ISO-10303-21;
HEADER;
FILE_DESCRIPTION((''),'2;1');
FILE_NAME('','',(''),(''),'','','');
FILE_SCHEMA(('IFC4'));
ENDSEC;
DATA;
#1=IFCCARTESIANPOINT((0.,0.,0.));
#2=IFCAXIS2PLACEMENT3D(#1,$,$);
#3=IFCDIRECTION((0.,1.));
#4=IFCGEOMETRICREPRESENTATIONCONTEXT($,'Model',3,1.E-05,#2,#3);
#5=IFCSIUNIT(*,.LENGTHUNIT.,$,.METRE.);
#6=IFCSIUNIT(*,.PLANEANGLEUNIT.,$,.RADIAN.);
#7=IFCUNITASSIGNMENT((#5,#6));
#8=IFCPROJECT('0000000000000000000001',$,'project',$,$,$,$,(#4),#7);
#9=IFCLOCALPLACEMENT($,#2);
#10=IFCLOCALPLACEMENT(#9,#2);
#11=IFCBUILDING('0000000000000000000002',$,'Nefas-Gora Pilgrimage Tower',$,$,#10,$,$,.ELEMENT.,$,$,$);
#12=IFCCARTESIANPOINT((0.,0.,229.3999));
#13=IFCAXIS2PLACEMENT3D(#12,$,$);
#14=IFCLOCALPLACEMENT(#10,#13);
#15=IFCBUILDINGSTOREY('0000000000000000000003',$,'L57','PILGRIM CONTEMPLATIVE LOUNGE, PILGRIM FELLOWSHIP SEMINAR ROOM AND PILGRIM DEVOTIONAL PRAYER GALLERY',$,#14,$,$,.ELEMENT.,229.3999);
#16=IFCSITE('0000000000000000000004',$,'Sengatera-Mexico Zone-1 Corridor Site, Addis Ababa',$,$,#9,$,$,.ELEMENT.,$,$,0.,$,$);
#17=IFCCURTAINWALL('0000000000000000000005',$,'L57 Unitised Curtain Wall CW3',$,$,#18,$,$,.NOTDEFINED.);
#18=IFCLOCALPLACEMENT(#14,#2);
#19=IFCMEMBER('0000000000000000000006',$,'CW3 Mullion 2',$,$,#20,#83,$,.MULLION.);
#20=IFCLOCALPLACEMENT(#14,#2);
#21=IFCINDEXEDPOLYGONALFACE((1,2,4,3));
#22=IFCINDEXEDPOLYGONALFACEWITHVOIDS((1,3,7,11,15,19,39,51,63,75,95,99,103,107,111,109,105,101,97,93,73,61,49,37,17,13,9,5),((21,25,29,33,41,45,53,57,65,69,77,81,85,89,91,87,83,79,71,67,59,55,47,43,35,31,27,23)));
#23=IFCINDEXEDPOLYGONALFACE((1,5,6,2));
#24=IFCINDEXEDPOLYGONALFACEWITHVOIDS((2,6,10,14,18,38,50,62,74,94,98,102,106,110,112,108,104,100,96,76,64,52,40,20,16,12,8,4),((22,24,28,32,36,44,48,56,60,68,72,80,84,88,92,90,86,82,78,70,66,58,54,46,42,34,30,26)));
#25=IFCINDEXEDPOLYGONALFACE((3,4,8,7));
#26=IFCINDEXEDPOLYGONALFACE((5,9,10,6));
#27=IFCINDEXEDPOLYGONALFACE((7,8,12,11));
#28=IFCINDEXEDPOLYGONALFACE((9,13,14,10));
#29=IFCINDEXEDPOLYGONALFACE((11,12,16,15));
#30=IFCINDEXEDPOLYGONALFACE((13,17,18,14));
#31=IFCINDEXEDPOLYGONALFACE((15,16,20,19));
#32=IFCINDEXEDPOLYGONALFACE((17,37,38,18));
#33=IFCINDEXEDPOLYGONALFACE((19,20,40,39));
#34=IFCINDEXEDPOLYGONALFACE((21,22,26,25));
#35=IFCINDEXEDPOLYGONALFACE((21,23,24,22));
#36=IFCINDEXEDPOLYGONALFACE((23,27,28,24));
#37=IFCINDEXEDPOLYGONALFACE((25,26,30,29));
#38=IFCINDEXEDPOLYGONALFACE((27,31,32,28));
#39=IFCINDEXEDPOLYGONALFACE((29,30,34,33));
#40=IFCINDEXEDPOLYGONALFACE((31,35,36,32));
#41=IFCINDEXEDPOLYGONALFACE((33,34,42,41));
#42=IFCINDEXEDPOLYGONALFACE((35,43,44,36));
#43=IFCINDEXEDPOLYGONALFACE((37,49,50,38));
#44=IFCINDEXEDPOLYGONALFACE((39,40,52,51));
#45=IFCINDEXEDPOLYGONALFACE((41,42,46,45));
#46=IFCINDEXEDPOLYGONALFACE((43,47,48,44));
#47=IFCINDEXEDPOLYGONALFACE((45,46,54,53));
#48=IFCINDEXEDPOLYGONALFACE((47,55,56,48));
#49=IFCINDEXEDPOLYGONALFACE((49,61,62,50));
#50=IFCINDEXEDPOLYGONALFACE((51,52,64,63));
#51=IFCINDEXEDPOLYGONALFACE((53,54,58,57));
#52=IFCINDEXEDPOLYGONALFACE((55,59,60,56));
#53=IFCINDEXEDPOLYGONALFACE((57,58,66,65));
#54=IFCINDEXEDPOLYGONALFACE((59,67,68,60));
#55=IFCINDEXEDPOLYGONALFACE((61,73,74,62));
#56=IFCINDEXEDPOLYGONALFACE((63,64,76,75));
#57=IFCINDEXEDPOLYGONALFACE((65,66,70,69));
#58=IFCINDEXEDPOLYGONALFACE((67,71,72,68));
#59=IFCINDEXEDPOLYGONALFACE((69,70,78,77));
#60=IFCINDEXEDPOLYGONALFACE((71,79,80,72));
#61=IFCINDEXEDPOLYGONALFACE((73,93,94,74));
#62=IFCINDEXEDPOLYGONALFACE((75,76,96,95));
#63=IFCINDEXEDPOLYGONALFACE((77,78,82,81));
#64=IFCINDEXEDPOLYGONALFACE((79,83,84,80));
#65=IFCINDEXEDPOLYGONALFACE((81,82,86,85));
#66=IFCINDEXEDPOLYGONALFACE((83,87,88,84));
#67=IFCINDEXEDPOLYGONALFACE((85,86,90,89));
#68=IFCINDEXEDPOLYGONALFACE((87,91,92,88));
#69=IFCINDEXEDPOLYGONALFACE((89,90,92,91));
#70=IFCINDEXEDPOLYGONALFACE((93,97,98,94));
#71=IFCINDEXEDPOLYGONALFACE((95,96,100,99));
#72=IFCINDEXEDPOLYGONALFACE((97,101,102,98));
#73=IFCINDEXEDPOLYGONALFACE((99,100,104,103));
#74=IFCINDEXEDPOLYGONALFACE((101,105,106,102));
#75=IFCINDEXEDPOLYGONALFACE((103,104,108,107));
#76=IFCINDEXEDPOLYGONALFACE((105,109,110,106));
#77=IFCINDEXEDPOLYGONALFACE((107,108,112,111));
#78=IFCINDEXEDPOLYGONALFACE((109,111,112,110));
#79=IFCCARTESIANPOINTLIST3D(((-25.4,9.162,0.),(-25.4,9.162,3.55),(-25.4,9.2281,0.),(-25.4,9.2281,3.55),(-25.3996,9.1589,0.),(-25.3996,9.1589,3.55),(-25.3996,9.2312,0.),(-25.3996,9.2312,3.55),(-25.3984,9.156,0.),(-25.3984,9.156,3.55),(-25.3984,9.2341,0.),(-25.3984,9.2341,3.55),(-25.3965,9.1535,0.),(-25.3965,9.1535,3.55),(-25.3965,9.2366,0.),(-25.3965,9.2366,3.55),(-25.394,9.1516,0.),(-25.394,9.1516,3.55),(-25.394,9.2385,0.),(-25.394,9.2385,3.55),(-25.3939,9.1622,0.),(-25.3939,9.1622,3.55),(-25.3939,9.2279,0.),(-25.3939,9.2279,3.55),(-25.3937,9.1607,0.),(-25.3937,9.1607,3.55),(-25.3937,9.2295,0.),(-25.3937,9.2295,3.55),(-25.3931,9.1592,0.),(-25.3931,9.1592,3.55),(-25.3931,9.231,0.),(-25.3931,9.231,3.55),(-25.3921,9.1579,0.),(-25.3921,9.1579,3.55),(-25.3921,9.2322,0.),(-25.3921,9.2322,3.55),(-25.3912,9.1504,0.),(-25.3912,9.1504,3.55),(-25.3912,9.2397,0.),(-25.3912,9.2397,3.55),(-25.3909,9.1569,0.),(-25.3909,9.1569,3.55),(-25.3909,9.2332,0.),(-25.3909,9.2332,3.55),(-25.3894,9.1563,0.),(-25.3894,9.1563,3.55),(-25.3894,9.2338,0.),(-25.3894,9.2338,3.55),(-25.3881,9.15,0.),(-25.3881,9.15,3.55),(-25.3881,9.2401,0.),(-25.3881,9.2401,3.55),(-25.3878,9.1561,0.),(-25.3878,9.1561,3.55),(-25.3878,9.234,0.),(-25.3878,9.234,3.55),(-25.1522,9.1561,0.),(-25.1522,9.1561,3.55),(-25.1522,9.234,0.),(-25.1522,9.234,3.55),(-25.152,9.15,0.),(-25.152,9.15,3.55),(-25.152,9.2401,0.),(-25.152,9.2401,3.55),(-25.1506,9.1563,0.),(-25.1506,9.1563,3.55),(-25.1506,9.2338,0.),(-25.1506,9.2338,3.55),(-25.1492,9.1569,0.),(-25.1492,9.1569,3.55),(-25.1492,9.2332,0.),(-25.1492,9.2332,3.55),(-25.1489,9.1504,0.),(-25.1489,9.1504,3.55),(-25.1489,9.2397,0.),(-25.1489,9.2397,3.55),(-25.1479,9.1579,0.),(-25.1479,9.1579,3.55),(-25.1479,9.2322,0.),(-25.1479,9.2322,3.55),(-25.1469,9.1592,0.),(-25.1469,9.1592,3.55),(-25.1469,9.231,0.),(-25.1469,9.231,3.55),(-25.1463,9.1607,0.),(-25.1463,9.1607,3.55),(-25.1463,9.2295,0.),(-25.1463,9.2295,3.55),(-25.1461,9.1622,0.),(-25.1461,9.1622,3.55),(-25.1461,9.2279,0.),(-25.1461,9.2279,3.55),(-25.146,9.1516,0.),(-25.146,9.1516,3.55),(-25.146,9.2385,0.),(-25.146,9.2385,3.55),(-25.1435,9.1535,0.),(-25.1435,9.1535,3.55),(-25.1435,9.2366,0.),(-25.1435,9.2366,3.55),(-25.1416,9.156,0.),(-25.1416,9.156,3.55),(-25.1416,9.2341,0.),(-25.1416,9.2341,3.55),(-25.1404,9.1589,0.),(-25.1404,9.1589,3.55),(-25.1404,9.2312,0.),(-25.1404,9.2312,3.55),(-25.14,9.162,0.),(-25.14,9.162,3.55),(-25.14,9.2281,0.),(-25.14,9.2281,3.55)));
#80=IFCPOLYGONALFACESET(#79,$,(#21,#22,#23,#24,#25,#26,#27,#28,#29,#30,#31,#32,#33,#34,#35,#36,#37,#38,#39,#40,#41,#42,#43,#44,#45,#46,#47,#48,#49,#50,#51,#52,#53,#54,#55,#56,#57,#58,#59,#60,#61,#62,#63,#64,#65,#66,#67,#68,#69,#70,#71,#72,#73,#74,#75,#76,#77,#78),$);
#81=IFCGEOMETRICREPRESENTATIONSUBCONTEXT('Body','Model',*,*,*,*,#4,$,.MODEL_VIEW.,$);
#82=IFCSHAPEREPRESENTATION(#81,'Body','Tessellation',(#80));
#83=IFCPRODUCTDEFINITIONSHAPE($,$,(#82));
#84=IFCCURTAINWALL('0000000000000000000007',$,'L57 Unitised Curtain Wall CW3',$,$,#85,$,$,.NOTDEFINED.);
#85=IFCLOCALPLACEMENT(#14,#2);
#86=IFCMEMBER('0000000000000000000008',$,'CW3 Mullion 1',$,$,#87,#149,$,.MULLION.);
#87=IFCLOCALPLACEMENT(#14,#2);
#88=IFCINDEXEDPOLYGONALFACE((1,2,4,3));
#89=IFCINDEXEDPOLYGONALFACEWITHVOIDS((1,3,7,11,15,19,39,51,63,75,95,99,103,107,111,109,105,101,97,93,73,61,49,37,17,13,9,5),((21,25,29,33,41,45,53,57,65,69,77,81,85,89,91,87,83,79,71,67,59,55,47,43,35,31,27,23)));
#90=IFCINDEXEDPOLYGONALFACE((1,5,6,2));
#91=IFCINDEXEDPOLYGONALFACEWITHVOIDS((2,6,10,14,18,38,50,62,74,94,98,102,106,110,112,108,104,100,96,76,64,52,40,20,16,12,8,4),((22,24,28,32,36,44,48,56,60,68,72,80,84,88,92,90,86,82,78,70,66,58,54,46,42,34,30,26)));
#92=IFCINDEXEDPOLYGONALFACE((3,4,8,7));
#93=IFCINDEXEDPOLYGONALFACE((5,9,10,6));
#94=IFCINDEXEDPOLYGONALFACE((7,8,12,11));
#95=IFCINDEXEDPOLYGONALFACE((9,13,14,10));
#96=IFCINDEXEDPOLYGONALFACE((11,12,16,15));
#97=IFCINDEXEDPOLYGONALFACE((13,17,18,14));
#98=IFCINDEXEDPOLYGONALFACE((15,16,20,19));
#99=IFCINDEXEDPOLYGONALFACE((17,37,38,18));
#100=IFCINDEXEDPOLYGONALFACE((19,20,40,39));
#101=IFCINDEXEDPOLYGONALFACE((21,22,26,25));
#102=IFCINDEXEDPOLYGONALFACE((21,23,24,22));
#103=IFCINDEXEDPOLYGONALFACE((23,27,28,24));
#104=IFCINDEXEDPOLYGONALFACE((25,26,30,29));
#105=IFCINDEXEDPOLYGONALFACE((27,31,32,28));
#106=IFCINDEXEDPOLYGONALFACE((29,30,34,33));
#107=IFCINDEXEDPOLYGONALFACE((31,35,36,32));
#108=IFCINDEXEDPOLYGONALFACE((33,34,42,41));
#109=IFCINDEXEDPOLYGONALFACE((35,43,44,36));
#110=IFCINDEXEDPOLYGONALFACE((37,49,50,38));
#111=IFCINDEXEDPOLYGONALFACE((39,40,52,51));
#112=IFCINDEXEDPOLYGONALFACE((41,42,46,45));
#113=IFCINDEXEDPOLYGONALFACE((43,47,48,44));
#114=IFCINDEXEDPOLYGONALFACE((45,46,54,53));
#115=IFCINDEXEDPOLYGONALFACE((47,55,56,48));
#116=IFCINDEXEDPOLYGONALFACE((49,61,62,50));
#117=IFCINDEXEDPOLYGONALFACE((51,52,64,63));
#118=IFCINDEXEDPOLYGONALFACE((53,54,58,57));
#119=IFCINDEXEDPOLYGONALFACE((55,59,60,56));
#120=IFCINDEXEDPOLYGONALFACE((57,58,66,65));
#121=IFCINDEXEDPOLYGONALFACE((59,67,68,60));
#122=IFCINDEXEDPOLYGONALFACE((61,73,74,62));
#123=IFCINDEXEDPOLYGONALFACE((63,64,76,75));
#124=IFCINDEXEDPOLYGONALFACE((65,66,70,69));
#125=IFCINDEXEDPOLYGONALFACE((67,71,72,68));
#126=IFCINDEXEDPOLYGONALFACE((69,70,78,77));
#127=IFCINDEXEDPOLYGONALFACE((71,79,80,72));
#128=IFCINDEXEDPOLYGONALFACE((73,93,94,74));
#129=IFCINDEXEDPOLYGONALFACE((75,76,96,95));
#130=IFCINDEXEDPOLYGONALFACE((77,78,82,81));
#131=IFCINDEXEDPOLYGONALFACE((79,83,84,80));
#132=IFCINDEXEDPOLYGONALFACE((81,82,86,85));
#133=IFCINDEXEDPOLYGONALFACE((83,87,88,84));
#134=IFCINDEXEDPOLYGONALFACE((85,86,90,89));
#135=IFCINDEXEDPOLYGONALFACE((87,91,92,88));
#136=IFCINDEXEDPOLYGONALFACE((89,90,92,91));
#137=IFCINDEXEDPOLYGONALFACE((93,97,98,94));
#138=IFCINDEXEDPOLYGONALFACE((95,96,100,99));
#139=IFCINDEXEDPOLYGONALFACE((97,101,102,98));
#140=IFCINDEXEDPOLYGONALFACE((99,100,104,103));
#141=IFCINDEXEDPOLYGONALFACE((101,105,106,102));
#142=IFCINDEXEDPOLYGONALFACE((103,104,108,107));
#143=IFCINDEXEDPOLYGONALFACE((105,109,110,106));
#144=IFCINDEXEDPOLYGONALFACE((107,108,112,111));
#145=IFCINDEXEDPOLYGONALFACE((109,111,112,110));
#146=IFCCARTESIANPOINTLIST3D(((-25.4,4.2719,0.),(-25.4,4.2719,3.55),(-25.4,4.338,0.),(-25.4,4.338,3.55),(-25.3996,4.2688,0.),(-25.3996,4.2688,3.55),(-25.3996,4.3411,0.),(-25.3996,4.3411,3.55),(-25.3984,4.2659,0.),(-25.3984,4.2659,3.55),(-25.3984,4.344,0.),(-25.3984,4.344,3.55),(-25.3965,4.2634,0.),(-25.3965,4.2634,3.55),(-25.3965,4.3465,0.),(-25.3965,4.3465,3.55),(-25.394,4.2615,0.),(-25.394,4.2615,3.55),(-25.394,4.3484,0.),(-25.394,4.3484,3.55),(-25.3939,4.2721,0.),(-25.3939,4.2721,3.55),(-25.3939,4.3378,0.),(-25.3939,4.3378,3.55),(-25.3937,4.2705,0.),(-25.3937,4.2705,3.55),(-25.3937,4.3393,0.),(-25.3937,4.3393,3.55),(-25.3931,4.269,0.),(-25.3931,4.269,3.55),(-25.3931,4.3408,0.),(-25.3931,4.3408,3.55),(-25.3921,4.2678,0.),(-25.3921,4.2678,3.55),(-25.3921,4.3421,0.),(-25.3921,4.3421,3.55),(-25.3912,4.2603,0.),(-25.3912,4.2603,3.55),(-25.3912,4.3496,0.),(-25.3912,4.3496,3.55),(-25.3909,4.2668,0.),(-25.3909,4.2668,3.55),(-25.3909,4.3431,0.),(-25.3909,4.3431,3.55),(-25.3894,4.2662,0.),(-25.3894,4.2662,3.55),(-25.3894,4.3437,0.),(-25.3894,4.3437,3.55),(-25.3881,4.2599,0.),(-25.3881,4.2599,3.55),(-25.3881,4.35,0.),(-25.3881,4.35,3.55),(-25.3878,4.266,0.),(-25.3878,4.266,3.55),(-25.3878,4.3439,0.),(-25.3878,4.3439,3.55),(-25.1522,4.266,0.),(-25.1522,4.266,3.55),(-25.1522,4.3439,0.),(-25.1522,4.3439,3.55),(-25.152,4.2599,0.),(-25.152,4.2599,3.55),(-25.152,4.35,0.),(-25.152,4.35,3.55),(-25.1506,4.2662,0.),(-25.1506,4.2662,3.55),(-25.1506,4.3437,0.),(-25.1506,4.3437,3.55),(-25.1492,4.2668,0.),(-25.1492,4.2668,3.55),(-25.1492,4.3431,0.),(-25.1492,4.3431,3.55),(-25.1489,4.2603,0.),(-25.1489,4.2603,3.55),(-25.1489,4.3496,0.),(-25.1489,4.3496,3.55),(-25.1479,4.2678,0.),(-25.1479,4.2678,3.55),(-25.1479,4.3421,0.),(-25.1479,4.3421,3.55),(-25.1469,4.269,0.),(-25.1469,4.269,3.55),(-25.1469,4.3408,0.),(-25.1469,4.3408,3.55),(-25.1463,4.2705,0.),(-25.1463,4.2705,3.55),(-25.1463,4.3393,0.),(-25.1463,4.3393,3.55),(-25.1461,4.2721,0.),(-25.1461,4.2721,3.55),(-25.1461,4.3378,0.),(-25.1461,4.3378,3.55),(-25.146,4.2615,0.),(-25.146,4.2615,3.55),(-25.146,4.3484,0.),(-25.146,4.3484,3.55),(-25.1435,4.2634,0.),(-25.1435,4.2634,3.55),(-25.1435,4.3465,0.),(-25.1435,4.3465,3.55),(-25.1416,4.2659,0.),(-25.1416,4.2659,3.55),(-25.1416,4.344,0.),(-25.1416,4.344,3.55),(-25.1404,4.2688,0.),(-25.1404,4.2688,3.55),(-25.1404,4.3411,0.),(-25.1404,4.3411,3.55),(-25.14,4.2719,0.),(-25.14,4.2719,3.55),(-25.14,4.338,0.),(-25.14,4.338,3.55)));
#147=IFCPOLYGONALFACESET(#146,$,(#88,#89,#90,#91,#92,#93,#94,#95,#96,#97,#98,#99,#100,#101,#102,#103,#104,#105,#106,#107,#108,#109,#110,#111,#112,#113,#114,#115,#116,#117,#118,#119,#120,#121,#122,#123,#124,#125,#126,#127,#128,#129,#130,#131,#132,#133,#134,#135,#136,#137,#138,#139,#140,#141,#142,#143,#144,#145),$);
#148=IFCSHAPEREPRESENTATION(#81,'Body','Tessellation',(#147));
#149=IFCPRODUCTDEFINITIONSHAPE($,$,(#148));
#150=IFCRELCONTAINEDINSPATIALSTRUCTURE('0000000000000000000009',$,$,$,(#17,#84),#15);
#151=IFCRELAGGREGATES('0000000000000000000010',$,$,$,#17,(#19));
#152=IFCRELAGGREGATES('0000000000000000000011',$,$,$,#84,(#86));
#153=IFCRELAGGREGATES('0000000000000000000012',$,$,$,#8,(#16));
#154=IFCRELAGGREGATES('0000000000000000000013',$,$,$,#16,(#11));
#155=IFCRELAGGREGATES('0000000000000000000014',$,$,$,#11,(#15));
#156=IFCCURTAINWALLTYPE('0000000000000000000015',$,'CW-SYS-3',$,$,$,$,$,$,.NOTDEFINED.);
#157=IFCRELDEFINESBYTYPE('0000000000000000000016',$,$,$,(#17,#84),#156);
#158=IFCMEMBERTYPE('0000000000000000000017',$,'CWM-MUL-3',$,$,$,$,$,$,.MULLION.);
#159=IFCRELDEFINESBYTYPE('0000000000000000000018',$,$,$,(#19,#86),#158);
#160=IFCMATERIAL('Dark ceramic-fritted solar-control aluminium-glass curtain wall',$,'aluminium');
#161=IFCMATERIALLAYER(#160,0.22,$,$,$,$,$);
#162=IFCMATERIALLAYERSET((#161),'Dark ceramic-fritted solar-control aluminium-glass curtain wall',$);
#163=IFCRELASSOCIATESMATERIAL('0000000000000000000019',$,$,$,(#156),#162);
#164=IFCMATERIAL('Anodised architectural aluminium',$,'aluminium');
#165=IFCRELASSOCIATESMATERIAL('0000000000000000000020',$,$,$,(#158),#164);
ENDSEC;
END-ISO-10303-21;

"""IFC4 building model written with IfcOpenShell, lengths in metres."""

from ifc_helpers import new_model, si_unit, direction, frame, origin, origin_2d, place, context, subcontext, project, spatial, hollow_rectangle, extrude, source, transform, mapped, material, layer, layer_set, material_profile, profile_set, type_object, element, aggregate, save


model = new_model("IFC4")

# Units and contexts
model_context = context("Model", 3, precision=1e-05, world=origin(), true_north=direction((0.0, 1.0)))
body_context = subcontext(model_context, "Body", "Model", "MODEL_VIEW")
ifc_project = project(units=[si_unit("LENGTHUNIT", "METRE"), si_unit("PLANEANGLEUNIT", "RADIAN")], contexts=[model_context])

# Site, building, storey
site_placement = place(None, origin())
site = spatial("IfcSite", under=ifc_project, at=site_placement, Name="Sengatera-Mexico Zone-1 Corridor Site, Addis Ababa", CompositionType="ELEMENT", RefElevation=0.0)
building_placement = place(site_placement, origin())
building = spatial("IfcBuilding", under=site, at=building_placement, Name="Nefas-Gora Pilgrimage Tower", CompositionType="ELEMENT")
storey_placement = place(building_placement, frame((0.0, 0.0, 229.3999)))
storey = spatial("IfcBuildingStorey", under=building, at=storey_placement, Name="L57", Description="PILGRIM CONTEMPLATIVE LOUNGE, PILGRIM FELLOWSHIP SEMINAR ROOM AND PILGRIM DEVOTIONAL PRAYER GALLERY", CompositionType="ELEMENT", Elevation=229.3999)

# Curtain wall, member
ifc_material_1 = material(Name="Dark ceramic-fritted solar-control aluminium-glass curtain wall", Category="aluminium")
ifc_layer_1 = layer(ifc_material_1, 0.22)
ifc_layer_set_1 = layer_set([ifc_layer_1], Name="Dark ceramic-fritted solar-control aluminium-glass curtain wall")
curtain_wall_type = type_object("IfcCurtainWallType", Name="CW-SYS-3", PredefinedType="NOTDEFINED", material=ifc_layer_set_1)
curtain_wall_1_placement = place(storey_placement, origin())
curtain_wall_1 = element("IfcCurtainWall", 1, at=curtain_wall_1_placement, inside=storey, type_object=curtain_wall_type, Name="L57 Unitised Curtain Wall CW3", PredefinedType="NOTDEFINED")
ifc_material_2 = material(Name="Anodised architectural aluminium", Category="aluminium")
ifc_material_profile_1 = material_profile(ifc_material_2, hollow_rectangle(XDim=0.0901, YDim=0.26, WallThickness=0.0061, InnerFilletRadius=0.0061, OuterFilletRadius=0.012, at=origin_2d()), Name="ALU MULLION 90x260")
ifc_profile_set_1 = profile_set([ifc_material_profile_1], Name="Anodised architectural aluminium")
member_type_1 = type_object("IfcMemberType", Name="CWM-MUL-3", PredefinedType="MULLION", material=ifc_profile_set_1)
shared_shape_1 = source(origin(), body_context, "Body", "SweptSolid", [
    extrude(hollow_rectangle(XDim=0.0901, YDim=0.26, WallThickness=0.0061, InnerFilletRadius=0.0061, OuterFilletRadius=0.012, at=origin_2d()), origin(), (0.0, 0.0, 1.0), 3.55),
])
member_1_placement = place(storey_placement, frame((-25.27, 9.1951, 0.0), z_axis=(0.0, 0.0, 1.0), x_axis=(0.0, -1.0, 0.0)))
member_1 = element("IfcMember", 2, at=member_1_placement, type_object=member_type_1, Name="CW3 Mullion 2", PredefinedType="MULLION", context=body_context, shape_type="MappedRepresentation", body=[
    mapped(shared_shape_1, transform((0.0, 0.0, 0.0), x_axis=(1.0, 0.0, 0.0), y_axis=(0.0, 1.0, 0.0), z_axis=(0.0, 0.0, 1.0), scale=1.0)),
])
aggregate(curtain_wall_1, [member_1])

# Curtain wall, member
curtain_wall_2_placement = place(storey_placement, origin())
curtain_wall_2 = element("IfcCurtainWall", 3, at=curtain_wall_2_placement, inside=storey, type_object=curtain_wall_type, Name="L57 Unitised Curtain Wall CW3", PredefinedType="NOTDEFINED")
member_2_placement = place(storey_placement, frame((-25.27, 4.3049, 0.0), z_axis=(0.0, 0.0, 1.0), x_axis=(0.0, -1.0, 0.0)))
member_2 = element("IfcMember", 4, at=member_2_placement, type_object=member_type_1, Name="CW3 Mullion 1", PredefinedType="MULLION", context=body_context, shape_type="MappedRepresentation", body=[
    mapped(shared_shape_1, transform((0.0, 0.0, 0.0), x_axis=(1.0, 0.0, 0.0), y_axis=(0.0, 1.0, 0.0), z_axis=(0.0, 0.0, 1.0), scale=1.0)),
])

aggregate(curtain_wall_2, [member_2])

save(model, "model.ifc")
